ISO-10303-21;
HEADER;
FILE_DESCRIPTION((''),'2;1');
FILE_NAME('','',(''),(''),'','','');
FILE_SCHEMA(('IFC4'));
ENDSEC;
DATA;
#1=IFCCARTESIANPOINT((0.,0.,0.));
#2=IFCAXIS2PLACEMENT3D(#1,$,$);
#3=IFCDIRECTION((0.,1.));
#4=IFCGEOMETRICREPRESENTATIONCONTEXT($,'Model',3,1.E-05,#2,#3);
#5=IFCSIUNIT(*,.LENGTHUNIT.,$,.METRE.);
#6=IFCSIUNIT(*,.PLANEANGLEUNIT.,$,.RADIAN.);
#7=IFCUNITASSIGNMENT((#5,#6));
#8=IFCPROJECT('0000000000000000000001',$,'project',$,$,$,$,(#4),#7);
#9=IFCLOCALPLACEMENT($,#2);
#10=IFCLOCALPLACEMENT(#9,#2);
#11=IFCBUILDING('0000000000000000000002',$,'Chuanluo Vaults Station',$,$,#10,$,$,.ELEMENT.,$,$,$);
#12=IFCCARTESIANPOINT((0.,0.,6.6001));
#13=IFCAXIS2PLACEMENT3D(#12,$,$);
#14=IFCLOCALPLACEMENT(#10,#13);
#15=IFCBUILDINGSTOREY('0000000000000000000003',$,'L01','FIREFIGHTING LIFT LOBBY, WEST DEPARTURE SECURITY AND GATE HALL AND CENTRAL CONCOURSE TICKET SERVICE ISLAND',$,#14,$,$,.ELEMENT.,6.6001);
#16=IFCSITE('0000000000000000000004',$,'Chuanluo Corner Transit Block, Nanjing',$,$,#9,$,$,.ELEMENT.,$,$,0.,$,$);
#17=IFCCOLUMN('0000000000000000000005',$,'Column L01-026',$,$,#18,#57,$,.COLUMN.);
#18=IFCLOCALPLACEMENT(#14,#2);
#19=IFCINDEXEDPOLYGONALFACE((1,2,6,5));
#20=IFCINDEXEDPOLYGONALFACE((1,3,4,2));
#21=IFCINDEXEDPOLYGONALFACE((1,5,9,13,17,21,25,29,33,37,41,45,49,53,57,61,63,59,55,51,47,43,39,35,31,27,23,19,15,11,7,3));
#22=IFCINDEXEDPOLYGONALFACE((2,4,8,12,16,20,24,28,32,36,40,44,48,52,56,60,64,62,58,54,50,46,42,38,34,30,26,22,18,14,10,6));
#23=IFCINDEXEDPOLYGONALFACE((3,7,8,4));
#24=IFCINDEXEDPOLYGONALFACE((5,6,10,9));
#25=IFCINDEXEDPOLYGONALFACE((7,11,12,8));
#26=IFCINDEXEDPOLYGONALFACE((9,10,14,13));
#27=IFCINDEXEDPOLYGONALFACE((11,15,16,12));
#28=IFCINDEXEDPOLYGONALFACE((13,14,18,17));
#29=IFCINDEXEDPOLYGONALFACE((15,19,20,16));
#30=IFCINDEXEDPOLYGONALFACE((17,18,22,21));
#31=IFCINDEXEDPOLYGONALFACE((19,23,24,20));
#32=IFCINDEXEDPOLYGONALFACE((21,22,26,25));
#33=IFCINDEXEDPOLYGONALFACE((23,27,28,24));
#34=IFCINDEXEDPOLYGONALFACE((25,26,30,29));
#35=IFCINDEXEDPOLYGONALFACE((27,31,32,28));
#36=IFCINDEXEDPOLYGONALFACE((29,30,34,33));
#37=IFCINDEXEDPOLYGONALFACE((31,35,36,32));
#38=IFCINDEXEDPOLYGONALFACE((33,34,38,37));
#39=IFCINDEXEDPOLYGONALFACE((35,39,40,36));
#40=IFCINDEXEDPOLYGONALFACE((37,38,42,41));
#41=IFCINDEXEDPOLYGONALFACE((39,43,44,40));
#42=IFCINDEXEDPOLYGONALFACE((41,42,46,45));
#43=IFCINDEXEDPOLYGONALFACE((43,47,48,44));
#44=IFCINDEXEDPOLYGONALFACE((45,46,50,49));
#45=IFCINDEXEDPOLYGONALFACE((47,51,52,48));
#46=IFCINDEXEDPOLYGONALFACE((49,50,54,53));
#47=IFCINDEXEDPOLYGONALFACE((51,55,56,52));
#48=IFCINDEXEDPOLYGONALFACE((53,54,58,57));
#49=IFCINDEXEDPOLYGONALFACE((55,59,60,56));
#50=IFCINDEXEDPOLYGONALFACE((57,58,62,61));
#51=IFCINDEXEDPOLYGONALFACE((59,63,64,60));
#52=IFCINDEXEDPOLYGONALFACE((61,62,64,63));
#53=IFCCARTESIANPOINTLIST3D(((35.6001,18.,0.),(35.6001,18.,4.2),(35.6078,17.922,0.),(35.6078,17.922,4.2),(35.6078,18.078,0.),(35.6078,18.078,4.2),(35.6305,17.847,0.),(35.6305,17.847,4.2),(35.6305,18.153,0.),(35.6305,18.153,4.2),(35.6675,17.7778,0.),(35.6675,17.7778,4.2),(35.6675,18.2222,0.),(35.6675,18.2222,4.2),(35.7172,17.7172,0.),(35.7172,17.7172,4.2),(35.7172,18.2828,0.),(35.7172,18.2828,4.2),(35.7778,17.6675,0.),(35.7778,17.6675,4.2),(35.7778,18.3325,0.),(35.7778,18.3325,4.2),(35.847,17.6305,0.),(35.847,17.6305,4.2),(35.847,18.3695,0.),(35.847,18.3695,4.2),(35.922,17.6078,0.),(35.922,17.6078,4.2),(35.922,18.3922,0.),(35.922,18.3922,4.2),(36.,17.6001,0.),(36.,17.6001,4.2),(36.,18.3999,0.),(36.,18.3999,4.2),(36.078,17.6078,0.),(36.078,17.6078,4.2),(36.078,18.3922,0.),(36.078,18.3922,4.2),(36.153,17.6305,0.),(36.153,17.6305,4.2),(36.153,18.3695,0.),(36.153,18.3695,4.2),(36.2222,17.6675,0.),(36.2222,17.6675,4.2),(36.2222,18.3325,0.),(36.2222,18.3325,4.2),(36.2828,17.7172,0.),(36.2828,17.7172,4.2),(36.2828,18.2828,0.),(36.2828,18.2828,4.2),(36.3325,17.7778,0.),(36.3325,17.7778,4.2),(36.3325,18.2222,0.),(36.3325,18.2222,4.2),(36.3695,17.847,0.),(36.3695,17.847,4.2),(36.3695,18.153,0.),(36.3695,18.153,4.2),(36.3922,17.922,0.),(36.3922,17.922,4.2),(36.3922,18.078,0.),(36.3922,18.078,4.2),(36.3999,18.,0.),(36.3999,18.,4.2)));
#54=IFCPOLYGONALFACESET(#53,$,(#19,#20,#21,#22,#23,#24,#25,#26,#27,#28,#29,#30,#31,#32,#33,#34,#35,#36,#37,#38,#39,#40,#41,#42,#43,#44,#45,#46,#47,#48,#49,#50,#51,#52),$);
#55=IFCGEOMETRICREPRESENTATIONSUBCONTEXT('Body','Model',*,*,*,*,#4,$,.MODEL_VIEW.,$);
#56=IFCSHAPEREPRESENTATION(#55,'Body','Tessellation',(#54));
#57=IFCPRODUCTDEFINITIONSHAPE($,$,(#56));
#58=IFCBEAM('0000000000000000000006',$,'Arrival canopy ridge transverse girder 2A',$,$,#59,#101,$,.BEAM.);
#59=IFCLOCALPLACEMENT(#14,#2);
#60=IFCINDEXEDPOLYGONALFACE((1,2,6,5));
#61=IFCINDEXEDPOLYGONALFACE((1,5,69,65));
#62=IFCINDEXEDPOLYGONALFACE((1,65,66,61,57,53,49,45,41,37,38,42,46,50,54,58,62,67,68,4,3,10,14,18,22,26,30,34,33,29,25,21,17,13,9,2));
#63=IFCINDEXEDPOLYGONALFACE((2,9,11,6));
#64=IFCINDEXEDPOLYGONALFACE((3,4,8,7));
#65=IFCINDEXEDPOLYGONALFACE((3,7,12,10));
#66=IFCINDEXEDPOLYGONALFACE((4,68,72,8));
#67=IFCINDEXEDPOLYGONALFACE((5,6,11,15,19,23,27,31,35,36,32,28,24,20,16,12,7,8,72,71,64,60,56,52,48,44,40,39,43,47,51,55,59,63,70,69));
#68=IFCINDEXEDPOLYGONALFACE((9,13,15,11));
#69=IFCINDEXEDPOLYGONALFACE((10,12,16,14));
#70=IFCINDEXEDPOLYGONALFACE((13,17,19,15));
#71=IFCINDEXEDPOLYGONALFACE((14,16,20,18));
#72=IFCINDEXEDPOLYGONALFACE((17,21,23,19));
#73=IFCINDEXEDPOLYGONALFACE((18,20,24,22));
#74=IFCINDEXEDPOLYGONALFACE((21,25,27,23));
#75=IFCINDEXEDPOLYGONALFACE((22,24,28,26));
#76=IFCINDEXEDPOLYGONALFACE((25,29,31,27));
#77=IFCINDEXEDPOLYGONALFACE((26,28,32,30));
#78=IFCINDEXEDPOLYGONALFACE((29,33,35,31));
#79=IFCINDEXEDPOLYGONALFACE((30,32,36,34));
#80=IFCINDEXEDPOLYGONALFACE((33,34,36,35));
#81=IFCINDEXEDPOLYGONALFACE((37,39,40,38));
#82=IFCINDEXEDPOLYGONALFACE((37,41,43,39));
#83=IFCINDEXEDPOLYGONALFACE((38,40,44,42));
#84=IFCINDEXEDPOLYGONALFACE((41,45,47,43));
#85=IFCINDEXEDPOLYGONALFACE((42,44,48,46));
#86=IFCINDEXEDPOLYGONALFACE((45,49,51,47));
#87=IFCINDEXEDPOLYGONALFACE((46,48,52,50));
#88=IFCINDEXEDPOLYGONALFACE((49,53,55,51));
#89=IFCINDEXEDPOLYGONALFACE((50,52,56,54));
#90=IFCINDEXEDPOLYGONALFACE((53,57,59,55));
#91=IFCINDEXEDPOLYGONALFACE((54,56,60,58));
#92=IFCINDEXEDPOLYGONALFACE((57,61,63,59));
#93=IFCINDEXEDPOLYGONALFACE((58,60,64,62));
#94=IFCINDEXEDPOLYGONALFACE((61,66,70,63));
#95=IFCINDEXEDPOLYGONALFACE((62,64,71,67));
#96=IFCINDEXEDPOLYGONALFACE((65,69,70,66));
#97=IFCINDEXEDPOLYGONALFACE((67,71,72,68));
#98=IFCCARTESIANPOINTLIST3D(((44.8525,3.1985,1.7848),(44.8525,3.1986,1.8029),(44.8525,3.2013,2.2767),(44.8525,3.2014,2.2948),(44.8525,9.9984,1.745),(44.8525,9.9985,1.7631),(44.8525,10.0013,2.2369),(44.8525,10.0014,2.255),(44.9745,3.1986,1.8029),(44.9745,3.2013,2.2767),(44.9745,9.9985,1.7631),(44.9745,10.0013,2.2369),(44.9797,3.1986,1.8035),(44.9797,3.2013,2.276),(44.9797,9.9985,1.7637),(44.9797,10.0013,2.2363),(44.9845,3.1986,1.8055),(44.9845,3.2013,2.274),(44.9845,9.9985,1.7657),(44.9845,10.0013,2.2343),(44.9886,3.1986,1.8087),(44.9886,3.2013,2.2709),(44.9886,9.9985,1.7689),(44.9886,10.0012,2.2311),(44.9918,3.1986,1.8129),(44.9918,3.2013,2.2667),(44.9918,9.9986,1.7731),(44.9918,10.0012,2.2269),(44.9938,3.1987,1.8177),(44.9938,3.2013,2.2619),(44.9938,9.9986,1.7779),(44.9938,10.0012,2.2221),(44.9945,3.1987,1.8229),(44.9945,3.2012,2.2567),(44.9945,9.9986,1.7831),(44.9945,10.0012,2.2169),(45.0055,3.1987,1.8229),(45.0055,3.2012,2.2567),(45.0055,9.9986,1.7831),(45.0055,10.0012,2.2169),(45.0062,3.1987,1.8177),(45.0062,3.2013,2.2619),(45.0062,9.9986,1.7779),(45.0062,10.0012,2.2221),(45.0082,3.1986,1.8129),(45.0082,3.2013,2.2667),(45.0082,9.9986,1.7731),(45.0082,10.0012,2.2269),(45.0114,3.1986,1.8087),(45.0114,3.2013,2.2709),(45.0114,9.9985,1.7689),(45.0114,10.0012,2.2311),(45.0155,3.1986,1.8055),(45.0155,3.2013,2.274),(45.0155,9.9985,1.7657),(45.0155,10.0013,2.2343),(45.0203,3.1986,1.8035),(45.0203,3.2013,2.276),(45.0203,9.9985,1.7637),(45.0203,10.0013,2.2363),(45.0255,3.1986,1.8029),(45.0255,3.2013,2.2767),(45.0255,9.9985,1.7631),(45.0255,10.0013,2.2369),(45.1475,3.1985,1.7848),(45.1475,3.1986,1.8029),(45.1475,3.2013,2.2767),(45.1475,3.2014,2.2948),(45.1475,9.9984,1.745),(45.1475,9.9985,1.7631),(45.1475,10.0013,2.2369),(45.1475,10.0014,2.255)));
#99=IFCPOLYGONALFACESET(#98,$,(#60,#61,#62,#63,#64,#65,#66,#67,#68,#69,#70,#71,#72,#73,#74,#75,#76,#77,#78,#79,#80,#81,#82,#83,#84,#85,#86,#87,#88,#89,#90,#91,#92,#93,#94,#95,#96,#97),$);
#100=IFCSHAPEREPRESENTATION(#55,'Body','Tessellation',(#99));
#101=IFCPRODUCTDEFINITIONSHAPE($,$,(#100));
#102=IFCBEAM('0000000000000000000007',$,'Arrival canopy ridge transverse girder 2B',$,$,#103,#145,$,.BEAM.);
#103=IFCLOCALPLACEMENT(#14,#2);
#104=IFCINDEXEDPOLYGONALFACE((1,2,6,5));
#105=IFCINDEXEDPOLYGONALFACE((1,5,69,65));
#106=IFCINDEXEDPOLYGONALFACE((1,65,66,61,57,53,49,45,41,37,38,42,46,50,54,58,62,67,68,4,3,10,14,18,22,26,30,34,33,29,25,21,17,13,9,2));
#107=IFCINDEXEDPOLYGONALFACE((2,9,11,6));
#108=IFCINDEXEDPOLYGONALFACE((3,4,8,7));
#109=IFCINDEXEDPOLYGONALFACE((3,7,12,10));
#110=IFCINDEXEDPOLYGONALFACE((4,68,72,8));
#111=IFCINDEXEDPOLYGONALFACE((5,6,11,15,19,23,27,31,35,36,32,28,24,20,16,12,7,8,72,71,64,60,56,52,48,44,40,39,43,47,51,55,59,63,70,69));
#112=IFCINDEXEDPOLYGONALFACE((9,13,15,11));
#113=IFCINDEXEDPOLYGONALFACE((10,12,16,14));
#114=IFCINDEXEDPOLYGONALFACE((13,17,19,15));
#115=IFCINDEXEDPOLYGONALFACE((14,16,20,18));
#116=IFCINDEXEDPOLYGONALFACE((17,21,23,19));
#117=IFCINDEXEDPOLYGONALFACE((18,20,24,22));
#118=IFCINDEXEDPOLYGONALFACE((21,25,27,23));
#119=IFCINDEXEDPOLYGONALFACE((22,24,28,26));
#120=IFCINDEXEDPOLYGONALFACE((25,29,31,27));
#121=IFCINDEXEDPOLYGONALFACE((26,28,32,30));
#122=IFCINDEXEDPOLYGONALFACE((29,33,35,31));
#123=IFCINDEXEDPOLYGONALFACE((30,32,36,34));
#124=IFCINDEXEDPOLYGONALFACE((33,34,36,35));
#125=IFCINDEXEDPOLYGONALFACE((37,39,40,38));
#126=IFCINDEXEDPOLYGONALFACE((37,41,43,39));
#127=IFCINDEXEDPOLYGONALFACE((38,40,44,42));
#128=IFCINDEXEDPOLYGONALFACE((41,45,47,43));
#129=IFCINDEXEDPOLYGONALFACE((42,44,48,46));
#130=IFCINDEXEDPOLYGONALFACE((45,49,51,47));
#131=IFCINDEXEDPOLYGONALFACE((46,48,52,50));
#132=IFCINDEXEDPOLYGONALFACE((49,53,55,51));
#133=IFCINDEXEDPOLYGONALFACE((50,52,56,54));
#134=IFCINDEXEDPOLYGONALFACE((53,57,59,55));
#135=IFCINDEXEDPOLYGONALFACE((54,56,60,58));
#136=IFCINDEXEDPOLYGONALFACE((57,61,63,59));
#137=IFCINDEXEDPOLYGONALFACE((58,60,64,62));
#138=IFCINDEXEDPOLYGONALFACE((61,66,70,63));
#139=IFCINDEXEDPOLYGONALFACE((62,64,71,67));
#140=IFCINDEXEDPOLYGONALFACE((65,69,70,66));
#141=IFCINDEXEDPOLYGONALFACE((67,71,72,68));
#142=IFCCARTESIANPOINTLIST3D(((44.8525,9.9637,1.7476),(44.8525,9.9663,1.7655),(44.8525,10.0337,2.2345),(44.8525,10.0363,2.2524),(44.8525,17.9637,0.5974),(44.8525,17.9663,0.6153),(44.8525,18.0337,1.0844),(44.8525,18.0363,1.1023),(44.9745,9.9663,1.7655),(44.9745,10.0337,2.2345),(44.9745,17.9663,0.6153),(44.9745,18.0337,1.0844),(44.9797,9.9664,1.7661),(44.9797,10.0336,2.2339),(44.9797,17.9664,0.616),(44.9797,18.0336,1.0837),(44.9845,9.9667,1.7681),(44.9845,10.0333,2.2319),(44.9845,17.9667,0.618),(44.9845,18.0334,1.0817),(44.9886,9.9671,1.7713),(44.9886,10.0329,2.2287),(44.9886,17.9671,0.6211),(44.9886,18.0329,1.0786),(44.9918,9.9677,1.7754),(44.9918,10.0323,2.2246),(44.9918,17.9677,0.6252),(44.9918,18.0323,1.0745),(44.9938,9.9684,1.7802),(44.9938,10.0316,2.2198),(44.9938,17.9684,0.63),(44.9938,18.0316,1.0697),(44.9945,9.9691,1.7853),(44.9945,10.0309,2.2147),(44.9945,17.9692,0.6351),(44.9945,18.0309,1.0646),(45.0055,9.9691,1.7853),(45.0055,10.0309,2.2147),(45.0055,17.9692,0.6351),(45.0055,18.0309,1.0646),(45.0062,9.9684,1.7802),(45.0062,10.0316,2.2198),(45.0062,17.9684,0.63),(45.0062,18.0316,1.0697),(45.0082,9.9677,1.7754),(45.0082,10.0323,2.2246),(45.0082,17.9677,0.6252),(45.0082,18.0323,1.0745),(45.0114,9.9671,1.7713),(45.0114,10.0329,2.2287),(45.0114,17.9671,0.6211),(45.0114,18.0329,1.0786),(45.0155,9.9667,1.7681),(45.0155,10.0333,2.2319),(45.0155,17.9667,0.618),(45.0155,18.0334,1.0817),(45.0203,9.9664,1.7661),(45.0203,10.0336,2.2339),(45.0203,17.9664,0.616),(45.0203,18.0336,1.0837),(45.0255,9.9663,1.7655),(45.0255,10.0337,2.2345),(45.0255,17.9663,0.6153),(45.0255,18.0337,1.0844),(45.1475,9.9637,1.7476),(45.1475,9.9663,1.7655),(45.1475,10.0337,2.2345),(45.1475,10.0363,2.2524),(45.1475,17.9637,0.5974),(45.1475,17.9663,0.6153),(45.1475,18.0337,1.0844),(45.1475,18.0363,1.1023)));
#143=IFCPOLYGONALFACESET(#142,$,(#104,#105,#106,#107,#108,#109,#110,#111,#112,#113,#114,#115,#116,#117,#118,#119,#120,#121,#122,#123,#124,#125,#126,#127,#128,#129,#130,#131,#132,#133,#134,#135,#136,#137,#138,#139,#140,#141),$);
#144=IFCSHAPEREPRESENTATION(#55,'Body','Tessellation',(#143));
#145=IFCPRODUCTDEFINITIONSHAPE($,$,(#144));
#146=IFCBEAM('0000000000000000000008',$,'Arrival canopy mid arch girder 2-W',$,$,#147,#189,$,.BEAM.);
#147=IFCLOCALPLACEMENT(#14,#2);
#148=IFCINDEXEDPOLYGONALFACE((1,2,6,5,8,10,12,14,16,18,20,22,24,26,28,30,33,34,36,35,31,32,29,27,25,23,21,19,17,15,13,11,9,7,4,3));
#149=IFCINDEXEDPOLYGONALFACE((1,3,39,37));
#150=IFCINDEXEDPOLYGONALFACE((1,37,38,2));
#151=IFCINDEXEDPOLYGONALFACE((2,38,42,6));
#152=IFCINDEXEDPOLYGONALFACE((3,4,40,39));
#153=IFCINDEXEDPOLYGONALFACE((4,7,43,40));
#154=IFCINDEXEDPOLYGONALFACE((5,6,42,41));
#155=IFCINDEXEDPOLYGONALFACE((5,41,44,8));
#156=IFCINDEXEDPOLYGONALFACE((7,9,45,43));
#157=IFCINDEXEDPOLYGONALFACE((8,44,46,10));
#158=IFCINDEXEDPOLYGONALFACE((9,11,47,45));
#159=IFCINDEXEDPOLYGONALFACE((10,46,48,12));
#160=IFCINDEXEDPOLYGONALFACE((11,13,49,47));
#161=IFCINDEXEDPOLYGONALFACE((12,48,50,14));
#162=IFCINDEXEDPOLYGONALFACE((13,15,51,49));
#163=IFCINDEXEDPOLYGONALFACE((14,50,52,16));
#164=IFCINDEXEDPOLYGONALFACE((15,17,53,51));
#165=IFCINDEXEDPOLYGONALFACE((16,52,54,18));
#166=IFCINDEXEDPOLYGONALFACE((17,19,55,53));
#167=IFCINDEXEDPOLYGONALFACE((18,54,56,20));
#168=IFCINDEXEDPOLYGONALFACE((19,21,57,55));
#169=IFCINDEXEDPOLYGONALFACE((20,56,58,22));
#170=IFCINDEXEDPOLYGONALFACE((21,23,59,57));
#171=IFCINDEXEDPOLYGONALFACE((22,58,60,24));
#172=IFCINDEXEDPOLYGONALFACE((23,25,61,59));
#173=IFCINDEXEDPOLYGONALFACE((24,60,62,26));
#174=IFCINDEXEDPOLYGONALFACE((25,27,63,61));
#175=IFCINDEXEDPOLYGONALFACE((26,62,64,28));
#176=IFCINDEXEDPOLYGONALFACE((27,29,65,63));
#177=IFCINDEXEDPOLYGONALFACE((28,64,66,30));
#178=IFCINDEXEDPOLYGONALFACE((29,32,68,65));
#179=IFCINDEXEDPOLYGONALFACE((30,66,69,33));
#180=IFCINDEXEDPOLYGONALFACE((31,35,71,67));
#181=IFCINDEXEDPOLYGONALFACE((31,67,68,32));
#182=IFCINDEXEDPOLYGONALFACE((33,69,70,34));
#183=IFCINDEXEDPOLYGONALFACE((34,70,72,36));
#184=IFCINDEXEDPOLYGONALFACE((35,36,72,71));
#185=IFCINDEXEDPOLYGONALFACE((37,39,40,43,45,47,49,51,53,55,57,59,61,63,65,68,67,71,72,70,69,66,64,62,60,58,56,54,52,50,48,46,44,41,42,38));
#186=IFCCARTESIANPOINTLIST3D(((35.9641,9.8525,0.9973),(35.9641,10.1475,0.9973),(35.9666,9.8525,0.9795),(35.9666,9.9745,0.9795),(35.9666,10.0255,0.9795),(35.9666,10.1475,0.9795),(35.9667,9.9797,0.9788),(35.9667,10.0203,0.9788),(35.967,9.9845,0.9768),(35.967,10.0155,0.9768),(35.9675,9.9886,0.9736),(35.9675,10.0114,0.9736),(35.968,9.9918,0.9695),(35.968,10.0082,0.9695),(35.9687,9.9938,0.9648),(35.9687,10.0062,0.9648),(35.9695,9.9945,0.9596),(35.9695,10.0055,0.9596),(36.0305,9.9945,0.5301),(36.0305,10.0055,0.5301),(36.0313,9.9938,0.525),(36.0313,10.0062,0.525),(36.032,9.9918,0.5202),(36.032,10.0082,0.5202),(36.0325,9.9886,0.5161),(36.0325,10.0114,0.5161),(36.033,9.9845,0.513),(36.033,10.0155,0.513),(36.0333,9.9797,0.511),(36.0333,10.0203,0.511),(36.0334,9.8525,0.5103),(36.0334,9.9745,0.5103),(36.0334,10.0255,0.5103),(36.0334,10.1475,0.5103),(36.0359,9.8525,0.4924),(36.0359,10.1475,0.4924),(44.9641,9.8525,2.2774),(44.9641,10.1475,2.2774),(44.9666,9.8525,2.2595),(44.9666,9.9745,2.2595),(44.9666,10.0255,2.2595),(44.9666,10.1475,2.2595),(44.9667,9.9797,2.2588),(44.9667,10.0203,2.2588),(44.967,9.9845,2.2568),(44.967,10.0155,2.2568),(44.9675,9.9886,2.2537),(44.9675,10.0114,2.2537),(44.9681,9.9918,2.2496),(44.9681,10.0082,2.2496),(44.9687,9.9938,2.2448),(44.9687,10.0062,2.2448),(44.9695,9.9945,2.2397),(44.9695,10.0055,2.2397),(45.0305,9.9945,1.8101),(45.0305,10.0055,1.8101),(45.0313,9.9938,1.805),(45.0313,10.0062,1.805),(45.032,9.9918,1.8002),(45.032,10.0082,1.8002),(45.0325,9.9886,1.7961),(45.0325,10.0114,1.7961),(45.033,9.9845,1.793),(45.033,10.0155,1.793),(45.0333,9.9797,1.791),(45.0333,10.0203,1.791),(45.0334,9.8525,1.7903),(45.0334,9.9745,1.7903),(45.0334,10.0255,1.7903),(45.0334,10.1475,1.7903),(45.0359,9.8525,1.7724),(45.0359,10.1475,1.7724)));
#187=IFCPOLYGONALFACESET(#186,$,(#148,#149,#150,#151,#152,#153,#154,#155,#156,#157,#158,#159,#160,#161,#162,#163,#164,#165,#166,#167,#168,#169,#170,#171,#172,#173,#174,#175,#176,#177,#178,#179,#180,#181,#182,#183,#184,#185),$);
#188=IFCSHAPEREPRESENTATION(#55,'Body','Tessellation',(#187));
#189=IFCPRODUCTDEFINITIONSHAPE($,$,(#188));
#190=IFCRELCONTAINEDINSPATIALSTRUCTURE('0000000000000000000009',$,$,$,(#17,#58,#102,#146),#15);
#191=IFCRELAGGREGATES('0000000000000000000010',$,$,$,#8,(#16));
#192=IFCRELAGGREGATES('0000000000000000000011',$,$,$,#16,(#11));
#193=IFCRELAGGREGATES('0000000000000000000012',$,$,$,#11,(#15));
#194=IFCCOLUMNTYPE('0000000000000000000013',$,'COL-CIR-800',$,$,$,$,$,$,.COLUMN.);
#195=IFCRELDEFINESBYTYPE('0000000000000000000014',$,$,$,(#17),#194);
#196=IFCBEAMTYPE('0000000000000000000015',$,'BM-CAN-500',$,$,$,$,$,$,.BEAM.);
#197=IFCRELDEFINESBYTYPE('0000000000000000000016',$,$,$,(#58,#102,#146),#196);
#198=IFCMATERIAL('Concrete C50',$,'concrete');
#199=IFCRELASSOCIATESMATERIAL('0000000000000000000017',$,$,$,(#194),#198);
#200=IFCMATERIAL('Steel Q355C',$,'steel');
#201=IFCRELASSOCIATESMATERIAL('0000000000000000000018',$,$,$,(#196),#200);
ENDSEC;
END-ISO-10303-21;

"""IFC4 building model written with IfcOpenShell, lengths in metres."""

from ifc_helpers import new_model, si_unit, direction, frame, origin, origin_2d, place, context, subcontext, project, spatial, circle, i_section, extrude, material, material_profile, profile_set, type_object, element, save


model = new_model("IFC4")

# Units and contexts
model_context = context("Model", 3, precision=1e-05, world=origin(), true_north=direction((0.0, 1.0)))
body_context = subcontext(model_context, "Body", "Model", "MODEL_VIEW")
ifc_project = project(units=[si_unit("LENGTHUNIT", "METRE"), si_unit("PLANEANGLEUNIT", "RADIAN")], contexts=[model_context])

# Site, building, storey
site_placement = place(None, origin())
site = spatial("IfcSite", under=ifc_project, at=site_placement, Name="Chuanluo Corner Transit Block, Nanjing", CompositionType="ELEMENT", RefElevation=0.0)
building_placement = place(site_placement, origin())
building = spatial("IfcBuilding", under=site, at=building_placement, Name="Chuanluo Vaults Station", CompositionType="ELEMENT")
storey_placement = place(building_placement, frame((0.0, 0.0, 6.6001)))
storey = spatial("IfcBuildingStorey", under=building, at=storey_placement, Name="L01", Description="FIREFIGHTING LIFT LOBBY, WEST DEPARTURE SECURITY AND GATE HALL AND CENTRAL CONCOURSE TICKET SERVICE ISLAND", CompositionType="ELEMENT", Elevation=6.6001)

# Column
ifc_material_1 = material(Name="Concrete C50", Category="concrete")
ifc_material_profile_1 = material_profile(ifc_material_1, circle(Radius=0.3999, at=origin_2d()))
ifc_profile_set_1 = profile_set([ifc_material_profile_1], Name="Concrete C50")
column_type = type_object("IfcColumnType", Name="COL-CIR-800", PredefinedType="COLUMN", material=ifc_profile_set_1)
column_placement = place(storey_placement, frame((36.0, 18.0, 0.0), z_axis=(0.0, 0.0, 1.0), x_axis=(1.0, 0.0, 0.0)))
element("IfcColumn", 1, at=column_placement, inside=storey, type_object=column_type, Name="Column L01-026", PredefinedType="COLUMN", context=body_context, shape_type="SweptSolid", body=[
    extrude(circle(Radius=0.3999, at=origin_2d()), origin(), (0.0, 0.0, 1.0), 4.2),
])

# Beams
ifc_material_2 = material(Name="Steel Q355C", Category="steel")
ifc_material_profile_2 = material_profile(ifc_material_2, i_section(OverallWidth=0.2949, OverallDepth=0.51, WebThickness=0.011, FlangeThickness=0.0181, FilletRadius=0.02, at=origin_2d()))
ifc_profile_set_2 = profile_set([ifc_material_profile_2], Name="Steel Q355C")
beam_type_1 = type_object("IfcBeamType", Name="BM-CAN-500", PredefinedType="BEAM", material=ifc_profile_set_2)
beam_1_placement = place(storey_placement, frame((45.0, 3.2, 2.0398), z_axis=(0.0, 0.999983, -0.005852), x_axis=(-1.0, 0.0, 0.0)))
element("IfcBeam", 2, at=beam_1_placement, inside=storey, type_object=beam_type_1, Name="Arrival canopy ridge transverse girder 2A", PredefinedType="BEAM", context=body_context, shape_type="SweptSolid", body=[
    extrude(i_section(OverallWidth=0.2949, OverallDepth=0.51, WebThickness=0.011, FlangeThickness=0.0181, FilletRadius=0.02, at=origin_2d()), origin(), (0.0, 0.0, 1.0), 6.8),
])
beam_2_placement = place(storey_placement, frame((45.0, 10.0, 2.0), z_axis=(0.0, 0.989823, -0.142305), x_axis=(-1.0, 0.0, 0.0)))
element("IfcBeam", 3, at=beam_2_placement, inside=storey, type_object=beam_type_1, Name="Arrival canopy ridge transverse girder 2B", PredefinedType="BEAM", context=body_context, shape_type="SweptSolid", body=[
    extrude(i_section(OverallWidth=0.2949, OverallDepth=0.51, WebThickness=0.011, FlangeThickness=0.0181, FilletRadius=0.02, at=origin_2d()), origin(), (0.0, 0.0, 1.0), 8.0823),
])
for number, where, z_axis, x_axis, name in (
    (4, (36.0, 10.0, 0.7449), (0.990037, 0.0, 0.140808), (0.0, 1.0, 0.0), "Arrival canopy mid arch girder 2-W"),
):
    element("IfcBeam", number, at=place(storey_placement, frame(where, z_axis=z_axis, x_axis=x_axis)), inside=storey, type_object=beam_type_1, Name=name, PredefinedType="BEAM", context=body_context, shape_type="SweptSolid", body=[
        extrude(i_section(OverallWidth=0.2949, OverallDepth=0.51, WebThickness=0.011, FlangeThickness=0.0181, FilletRadius=0.02, at=origin_2d()), origin(), (0.0, 0.0, 1.0), 9.0906),
    ])

save(model, "model.ifc")
